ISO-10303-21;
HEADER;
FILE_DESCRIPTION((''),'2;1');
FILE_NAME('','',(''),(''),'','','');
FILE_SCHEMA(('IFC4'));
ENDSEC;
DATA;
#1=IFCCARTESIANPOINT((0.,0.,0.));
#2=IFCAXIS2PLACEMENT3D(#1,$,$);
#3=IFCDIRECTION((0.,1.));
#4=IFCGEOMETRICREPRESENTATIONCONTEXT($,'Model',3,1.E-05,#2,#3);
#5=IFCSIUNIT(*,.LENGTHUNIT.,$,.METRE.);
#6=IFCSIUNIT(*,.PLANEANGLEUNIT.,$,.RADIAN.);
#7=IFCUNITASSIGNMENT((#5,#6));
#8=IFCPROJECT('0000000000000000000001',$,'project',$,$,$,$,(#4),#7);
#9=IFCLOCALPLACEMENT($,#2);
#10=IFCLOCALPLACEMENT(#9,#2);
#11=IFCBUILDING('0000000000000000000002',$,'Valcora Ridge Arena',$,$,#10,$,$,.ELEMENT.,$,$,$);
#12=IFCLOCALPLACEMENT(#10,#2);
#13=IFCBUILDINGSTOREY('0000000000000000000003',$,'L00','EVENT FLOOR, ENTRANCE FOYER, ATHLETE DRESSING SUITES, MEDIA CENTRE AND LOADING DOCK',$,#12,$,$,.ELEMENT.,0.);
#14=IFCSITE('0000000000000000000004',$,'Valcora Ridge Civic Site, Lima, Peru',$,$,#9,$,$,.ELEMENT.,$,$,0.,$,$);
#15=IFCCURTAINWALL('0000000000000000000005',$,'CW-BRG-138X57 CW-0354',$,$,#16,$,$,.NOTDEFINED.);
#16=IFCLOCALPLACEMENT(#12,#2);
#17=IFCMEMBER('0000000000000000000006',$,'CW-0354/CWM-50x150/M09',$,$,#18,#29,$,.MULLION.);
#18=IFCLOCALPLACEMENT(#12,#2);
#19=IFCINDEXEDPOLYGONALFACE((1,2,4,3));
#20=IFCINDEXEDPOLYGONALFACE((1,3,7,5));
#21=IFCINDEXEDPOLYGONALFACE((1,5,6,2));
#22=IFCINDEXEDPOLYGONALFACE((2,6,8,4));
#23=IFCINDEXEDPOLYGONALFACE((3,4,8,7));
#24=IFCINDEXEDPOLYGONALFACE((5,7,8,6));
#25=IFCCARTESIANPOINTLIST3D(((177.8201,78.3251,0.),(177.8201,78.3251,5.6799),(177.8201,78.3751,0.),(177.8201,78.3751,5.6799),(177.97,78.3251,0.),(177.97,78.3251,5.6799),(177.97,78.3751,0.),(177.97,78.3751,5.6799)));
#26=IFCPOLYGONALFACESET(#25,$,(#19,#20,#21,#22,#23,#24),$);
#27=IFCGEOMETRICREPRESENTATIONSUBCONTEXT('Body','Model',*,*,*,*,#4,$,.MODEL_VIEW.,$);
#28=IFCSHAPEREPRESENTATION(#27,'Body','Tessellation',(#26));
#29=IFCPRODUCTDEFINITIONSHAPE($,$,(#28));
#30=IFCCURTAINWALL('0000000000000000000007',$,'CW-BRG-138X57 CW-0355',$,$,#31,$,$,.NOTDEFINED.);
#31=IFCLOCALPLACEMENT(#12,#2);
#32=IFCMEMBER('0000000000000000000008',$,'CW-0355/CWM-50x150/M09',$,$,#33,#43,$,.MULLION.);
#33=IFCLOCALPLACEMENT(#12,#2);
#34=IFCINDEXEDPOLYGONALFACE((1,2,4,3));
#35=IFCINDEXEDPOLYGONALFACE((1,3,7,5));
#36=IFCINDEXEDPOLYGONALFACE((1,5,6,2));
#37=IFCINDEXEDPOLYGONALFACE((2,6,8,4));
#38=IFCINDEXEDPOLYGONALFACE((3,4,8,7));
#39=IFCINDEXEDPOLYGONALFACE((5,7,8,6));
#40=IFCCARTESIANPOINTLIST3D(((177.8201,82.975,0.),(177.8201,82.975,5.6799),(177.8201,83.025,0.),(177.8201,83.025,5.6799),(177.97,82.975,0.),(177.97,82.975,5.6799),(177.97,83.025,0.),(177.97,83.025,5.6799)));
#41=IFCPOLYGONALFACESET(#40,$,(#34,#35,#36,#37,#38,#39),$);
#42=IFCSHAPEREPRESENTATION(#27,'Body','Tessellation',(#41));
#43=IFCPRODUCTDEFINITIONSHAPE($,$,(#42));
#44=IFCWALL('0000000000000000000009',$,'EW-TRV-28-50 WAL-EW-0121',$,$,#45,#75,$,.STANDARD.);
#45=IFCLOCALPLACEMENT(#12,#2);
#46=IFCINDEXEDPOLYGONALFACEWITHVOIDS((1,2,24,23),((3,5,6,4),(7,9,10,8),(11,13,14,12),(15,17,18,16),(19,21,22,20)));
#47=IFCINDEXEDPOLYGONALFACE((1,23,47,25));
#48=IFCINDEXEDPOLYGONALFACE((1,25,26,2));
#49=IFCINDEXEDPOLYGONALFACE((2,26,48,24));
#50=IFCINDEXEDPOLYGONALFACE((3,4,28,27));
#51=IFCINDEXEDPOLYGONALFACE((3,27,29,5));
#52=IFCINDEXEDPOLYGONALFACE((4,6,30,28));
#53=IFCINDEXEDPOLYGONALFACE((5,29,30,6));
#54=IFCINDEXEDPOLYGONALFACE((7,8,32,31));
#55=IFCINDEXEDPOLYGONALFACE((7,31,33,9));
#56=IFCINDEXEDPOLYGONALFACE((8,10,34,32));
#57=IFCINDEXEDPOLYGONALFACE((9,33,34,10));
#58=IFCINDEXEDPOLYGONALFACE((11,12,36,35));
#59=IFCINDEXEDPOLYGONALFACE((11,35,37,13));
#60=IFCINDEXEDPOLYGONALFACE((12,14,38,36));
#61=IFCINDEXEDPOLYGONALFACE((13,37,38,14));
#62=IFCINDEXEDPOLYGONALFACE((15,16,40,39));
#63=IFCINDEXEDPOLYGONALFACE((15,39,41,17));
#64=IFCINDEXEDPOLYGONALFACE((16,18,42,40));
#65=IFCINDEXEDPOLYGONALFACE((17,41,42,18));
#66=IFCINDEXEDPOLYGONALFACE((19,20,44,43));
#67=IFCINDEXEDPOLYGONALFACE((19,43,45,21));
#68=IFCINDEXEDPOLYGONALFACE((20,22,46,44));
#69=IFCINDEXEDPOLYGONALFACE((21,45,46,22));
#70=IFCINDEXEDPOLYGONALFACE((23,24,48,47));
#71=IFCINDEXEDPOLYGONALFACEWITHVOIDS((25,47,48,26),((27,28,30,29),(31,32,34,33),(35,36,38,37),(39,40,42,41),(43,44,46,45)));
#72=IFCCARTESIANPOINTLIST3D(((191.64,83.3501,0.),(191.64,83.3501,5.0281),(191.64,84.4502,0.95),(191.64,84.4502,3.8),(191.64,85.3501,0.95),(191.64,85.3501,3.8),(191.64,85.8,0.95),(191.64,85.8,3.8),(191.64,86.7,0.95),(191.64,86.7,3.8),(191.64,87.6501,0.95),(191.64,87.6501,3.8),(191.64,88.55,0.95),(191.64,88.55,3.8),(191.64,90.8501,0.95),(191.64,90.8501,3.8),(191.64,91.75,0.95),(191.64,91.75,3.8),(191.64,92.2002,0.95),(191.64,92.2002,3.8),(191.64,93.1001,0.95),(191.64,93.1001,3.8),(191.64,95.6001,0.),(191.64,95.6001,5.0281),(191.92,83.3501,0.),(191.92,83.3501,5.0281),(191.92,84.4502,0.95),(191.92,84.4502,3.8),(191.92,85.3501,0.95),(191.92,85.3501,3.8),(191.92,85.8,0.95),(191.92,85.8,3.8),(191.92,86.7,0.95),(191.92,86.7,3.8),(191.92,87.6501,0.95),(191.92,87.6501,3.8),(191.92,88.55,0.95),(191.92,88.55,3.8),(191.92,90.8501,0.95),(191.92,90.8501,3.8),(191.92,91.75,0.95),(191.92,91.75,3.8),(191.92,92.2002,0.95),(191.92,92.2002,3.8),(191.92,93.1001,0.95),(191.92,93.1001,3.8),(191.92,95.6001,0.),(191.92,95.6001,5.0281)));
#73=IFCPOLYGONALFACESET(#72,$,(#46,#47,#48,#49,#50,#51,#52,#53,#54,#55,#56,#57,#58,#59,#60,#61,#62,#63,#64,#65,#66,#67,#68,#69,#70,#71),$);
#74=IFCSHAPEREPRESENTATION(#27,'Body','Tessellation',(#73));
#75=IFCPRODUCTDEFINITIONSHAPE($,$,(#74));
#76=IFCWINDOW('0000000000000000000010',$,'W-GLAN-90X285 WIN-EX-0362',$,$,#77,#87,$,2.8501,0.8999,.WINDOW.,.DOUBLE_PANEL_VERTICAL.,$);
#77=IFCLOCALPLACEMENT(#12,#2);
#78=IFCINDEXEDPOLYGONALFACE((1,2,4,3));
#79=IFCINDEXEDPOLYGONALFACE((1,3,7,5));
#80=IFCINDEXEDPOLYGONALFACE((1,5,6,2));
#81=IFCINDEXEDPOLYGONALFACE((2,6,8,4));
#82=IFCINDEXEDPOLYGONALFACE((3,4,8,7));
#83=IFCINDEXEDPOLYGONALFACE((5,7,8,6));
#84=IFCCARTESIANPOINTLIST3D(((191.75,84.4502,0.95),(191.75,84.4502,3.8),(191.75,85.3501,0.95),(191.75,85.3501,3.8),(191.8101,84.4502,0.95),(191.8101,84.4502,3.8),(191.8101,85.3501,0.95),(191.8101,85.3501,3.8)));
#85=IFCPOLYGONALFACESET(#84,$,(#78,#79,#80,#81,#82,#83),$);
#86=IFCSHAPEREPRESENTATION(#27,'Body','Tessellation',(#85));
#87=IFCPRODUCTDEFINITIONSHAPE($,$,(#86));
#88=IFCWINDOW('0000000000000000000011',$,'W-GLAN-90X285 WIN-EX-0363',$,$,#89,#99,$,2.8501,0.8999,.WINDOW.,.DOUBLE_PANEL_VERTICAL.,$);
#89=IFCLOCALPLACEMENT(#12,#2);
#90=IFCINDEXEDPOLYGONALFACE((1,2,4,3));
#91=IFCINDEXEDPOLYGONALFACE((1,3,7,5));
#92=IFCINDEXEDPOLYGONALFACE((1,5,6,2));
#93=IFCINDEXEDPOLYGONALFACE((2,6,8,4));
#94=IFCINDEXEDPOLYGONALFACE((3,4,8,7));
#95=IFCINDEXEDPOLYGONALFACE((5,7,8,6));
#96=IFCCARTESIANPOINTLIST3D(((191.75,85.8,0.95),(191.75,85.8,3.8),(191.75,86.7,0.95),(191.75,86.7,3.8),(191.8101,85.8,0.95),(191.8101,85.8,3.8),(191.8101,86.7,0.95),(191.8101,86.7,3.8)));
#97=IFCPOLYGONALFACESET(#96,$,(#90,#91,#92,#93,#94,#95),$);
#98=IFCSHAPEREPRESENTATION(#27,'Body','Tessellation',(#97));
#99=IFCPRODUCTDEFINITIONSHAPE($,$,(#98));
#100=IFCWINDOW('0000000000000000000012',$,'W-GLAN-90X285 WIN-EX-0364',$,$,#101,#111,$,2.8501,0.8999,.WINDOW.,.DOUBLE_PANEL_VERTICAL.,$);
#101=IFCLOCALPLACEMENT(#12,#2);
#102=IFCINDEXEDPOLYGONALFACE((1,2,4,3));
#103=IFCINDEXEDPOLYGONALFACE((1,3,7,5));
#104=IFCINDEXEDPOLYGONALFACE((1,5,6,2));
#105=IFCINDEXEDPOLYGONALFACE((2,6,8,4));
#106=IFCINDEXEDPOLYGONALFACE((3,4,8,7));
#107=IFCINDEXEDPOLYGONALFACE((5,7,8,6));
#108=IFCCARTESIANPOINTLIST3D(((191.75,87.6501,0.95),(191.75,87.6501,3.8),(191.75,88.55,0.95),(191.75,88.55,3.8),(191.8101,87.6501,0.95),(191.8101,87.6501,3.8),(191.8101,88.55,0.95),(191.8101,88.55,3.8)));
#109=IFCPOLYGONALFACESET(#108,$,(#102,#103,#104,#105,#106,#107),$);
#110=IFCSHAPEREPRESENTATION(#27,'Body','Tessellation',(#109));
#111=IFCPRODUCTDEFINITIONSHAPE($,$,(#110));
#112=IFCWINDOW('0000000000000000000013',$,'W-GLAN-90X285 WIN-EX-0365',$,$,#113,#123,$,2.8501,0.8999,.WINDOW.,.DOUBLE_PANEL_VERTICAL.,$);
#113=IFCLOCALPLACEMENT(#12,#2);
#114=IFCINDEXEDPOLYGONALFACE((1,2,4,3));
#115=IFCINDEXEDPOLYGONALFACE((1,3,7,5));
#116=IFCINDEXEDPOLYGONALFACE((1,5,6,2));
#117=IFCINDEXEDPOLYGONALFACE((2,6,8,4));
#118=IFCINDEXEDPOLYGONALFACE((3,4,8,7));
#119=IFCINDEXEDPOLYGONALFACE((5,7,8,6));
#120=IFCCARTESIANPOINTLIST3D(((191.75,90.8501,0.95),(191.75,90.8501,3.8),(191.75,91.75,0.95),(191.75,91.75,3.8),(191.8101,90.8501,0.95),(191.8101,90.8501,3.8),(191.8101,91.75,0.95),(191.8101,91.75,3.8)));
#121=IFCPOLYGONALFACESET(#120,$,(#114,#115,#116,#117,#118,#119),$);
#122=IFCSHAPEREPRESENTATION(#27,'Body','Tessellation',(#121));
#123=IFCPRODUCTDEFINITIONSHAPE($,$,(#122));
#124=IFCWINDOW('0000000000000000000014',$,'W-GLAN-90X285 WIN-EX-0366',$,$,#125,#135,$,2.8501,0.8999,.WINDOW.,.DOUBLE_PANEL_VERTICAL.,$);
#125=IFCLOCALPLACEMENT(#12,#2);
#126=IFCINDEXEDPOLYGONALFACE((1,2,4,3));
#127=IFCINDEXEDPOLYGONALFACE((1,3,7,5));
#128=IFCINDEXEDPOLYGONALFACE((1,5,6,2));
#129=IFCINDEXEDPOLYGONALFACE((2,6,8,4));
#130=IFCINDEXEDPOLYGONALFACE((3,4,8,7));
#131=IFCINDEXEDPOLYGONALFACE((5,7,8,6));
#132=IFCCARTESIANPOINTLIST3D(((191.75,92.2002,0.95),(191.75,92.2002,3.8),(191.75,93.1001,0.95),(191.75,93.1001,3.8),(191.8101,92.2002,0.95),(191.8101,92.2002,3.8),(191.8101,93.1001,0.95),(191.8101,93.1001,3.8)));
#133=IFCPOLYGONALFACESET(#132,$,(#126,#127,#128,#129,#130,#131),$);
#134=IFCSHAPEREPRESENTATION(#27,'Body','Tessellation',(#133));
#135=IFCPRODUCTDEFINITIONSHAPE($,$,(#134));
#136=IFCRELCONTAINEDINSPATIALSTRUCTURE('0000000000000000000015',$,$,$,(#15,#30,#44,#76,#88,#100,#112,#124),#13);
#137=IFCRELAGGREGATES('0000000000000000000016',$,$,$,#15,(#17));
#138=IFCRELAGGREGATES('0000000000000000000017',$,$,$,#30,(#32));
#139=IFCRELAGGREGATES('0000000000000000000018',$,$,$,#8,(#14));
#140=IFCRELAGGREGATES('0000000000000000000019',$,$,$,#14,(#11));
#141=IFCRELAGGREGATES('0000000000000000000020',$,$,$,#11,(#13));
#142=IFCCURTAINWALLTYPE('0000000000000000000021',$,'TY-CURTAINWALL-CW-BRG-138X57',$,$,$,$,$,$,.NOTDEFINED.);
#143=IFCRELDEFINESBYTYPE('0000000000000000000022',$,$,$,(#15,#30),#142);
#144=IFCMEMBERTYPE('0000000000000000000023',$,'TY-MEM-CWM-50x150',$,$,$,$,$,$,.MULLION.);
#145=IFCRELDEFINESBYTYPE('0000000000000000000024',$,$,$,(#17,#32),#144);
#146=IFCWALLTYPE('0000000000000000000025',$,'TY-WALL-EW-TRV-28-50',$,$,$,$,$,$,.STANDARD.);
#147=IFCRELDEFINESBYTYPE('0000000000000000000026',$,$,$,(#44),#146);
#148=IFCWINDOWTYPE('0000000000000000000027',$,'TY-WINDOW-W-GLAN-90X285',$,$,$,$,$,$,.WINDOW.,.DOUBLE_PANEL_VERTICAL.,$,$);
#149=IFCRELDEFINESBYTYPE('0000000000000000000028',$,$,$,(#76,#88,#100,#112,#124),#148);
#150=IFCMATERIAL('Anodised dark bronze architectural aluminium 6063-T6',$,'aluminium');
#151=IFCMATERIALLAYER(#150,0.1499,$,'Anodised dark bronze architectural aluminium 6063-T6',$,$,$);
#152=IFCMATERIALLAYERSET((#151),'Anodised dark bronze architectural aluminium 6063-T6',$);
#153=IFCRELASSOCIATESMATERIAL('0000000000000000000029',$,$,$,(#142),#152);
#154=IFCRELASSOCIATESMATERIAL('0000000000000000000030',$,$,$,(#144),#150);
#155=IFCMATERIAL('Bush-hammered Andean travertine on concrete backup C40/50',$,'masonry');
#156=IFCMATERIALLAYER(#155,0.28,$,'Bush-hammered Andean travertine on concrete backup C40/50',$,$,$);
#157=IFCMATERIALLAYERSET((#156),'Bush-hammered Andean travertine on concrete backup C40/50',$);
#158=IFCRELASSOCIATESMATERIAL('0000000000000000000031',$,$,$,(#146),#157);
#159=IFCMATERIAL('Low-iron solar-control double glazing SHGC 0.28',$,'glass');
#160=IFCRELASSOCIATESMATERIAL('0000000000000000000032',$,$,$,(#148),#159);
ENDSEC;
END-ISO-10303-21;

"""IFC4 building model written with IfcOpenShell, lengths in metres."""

from ifc_helpers import new_model, si_unit, direction, frame, frame_2d, origin, origin_2d, place, context, subcontext, project, spatial, rectangle, extrude, material, layer, layer_set, material_profile, profile_set, type_object, element, fill, aggregate, save


model = new_model("IFC4")

# Units and contexts
model_context = context("Model", 3, precision=1e-05, world=origin(), true_north=direction((0.0, 1.0)))
body_context = subcontext(model_context, "Body", "Model", "MODEL_VIEW")
ifc_project = project(units=[si_unit("LENGTHUNIT", "METRE"), si_unit("PLANEANGLEUNIT", "RADIAN")], contexts=[model_context])

# Site, building, storey
site_placement = place(None, origin())
site = spatial("IfcSite", under=ifc_project, at=site_placement, Name="Valcora Ridge Civic Site, Lima, Peru", CompositionType="ELEMENT", RefElevation=0.0)
building_placement = place(site_placement, origin())
building = spatial("IfcBuilding", under=site, at=building_placement, Name="Valcora Ridge Arena", CompositionType="ELEMENT")
storey_placement = place(building_placement, origin())
storey = spatial("IfcBuildingStorey", under=building, at=storey_placement, Name="L00", Description="EVENT FLOOR, ENTRANCE FOYER, ATHLETE DRESSING SUITES, MEDIA CENTRE AND LOADING DOCK", CompositionType="ELEMENT", Elevation=0.0)

# Curtain walls, members
ifc_material_1 = material(Name="Anodised dark bronze architectural aluminium 6063-T6", Category="aluminium")
ifc_layer_1 = layer(ifc_material_1, 0.1499, Name="Anodised dark bronze architectural aluminium 6063-T6")
ifc_layer_set_1 = layer_set([ifc_layer_1], Name="Anodised dark bronze architectural aluminium 6063-T6")
curtain_wall_type = type_object("IfcCurtainWallType", Name="TY-CURTAINWALL-CW-BRG-138X57", PredefinedType="NOTDEFINED", material=ifc_layer_set_1)
curtain_wall_1_placement = place(storey_placement, origin())
curtain_wall_1 = element("IfcCurtainWall", 1, at=curtain_wall_1_placement, inside=storey, type_object=curtain_wall_type, Name="CW-BRG-138X57 CW-0354", PredefinedType="NOTDEFINED")
ifc_material_profile_1 = material_profile(ifc_material_1, rectangle(XDim=0.05, YDim=0.1499, at=origin_2d()), Name="ALU MULLION 50x150")
ifc_profile_set_1 = profile_set([ifc_material_profile_1], Name="Anodised dark bronze architectural aluminium 6063-T6")
member_type = type_object("IfcMemberType", Name="TY-MEM-CWM-50x150", PredefinedType="MULLION", material=ifc_profile_set_1)
member_1_placement = place(storey_placement, frame((177.895, 78.3501, 0.0), z_axis=(0.0, 0.0, 1.0), x_axis=(0.0, 1.0, 0.0)))
member_1 = element("IfcMember", 2, at=member_1_placement, type_object=member_type, Name="CW-0354/CWM-50x150/M09", PredefinedType="MULLION", context=body_context, shape_type="SweptSolid", body=[
    extrude(rectangle(XDim=0.05, YDim=0.1499, at=origin_2d()), origin(), (0.0, 0.0, 1.0), 5.6799),
])
aggregate(curtain_wall_1, [member_1])
curtain_wall_2_placement = place(storey_placement, origin())
curtain_wall_2 = element("IfcCurtainWall", 3, at=curtain_wall_2_placement, inside=storey, type_object=curtain_wall_type, Name="CW-BRG-138X57 CW-0355", PredefinedType="NOTDEFINED")
member_2_placement = place(storey_placement, frame((177.895, 83.0, 0.0), z_axis=(0.0, 0.0, 1.0), x_axis=(0.0, 1.0, 0.0)))
member_2 = element("IfcMember", 4, at=member_2_placement, type_object=member_type, Name="CW-0355/CWM-50x150/M09", PredefinedType="MULLION", context=body_context, shape_type="SweptSolid", body=[
    extrude(rectangle(XDim=0.05, YDim=0.1499, at=origin_2d()), origin(), (0.0, 0.0, 1.0), 5.6799),
])
aggregate(curtain_wall_2, [member_2])

# Wall, openings, windows
ifc_material_2 = material(Name="Bush-hammered Andean travertine on concrete backup C40/50", Category="masonry")
ifc_layer_2 = layer(ifc_material_2, 0.28, Name="Bush-hammered Andean travertine on concrete backup C40/50")
ifc_layer_set_2 = layer_set([ifc_layer_2], Name="Bush-hammered Andean travertine on concrete backup C40/50")
wall_type_1 = type_object("IfcWallType", Name="TY-WALL-EW-TRV-28-50", PredefinedType="STANDARD", material=ifc_layer_set_2)
wall_1_placement = place(storey_placement, frame((191.78, 83.3501, 0.0), z_axis=(0.0, 0.0, 1.0), x_axis=(0.0, 1.0, 0.0)))
wall_1 = element("IfcWall", 5, at=wall_1_placement, inside=storey, type_object=wall_type_1, Name="EW-TRV-28-50 WAL-EW-0121", PredefinedType="STANDARD", context=body_context, shape_type="SweptSolid", body=[
    extrude(rectangle(XDim=12.25, YDim=0.28, at=frame_2d((6.125, 0.0))), origin(), (0.0, 0.0, 1.0), 5.0281),
])
opening_1_placement = place(wall_1_placement, frame((1.1001, 0.0, 0.95)))
opening_1 = element("IfcOpeningElement", 6, at=opening_1_placement, cuts=wall_1, PredefinedType="OPENING", context=body_context, shape_type="SweptSolid", body=[
    extrude(rectangle(XDim=0.8999, YDim=2.8501, at=frame_2d((0.45, 1.425))), frame((0.0, 0.1499, 0.0), z_axis=(0.0, -1.0, 0.0), x_axis=(1.0, 0.0, 0.0)), (0.0, 0.0, 1.0), 0.3),
])
opening_2_placement = place(wall_1_placement, frame((2.45, 0.0, 0.95)))
opening_2 = element("IfcOpeningElement", 7, at=opening_2_placement, cuts=wall_1, PredefinedType="OPENING", context=body_context, shape_type="SweptSolid", body=[
    extrude(rectangle(XDim=0.8999, YDim=2.8501, at=frame_2d((0.45, 1.425))), frame((0.0, 0.1499, 0.0), z_axis=(0.0, -1.0, 0.0), x_axis=(1.0, 0.0, 0.0)), (0.0, 0.0, 1.0), 0.3),
])
opening_3_placement = place(wall_1_placement, frame((4.3, 0.0, 0.95)))
opening_3 = element("IfcOpeningElement", 8, at=opening_3_placement, cuts=wall_1, PredefinedType="OPENING", context=body_context, shape_type="SweptSolid", body=[
    extrude(rectangle(XDim=0.8999, YDim=2.8501, at=frame_2d((0.45, 1.425))), frame((0.0, 0.1499, 0.0), z_axis=(0.0, -1.0, 0.0), x_axis=(1.0, 0.0, 0.0)), (0.0, 0.0, 1.0), 0.3),
])
opening_4_placement = place(wall_1_placement, frame((7.5, 0.0, 0.95)))
opening_4 = element("IfcOpeningElement", 9, at=opening_4_placement, cuts=wall_1, PredefinedType="OPENING", context=body_context, shape_type="SweptSolid", body=[
    extrude(rectangle(XDim=0.8999, YDim=2.8501, at=frame_2d((0.45, 1.425))), frame((0.0, 0.1499, 0.0), z_axis=(0.0, -1.0, 0.0), x_axis=(1.0, 0.0, 0.0)), (0.0, 0.0, 1.0), 0.3),
])
opening_5_placement = place(wall_1_placement, frame((8.8501, 0.0, 0.95)))
opening_5 = element("IfcOpeningElement", 10, at=opening_5_placement, cuts=wall_1, PredefinedType="OPENING", context=body_context, shape_type="SweptSolid", body=[
    extrude(rectangle(XDim=0.8999, YDim=2.8501, at=frame_2d((0.45, 1.425))), frame((0.0, 0.1499, 0.0), z_axis=(0.0, -1.0, 0.0), x_axis=(1.0, 0.0, 0.0)), (0.0, 0.0, 1.0), 0.3),
])
ifc_material_3 = material(Name="Low-iron solar-control double glazing SHGC 0.28", Category="glass")
window_type = type_object("IfcWindowType", Name="TY-WINDOW-W-GLAN-90X285", PartitioningType="DOUBLE_PANEL_VERTICAL", PredefinedType="WINDOW", material=ifc_material_3)
window_1_placement = place(opening_1_placement, origin())
window_1 = element("IfcWindow", 11, at=window_1_placement, inside=storey, type_object=window_type, Name="W-GLAN-90X285 WIN-EX-0362", OverallHeight=2.8501, OverallWidth=0.8999, PartitioningType="DOUBLE_PANEL_VERTICAL", PredefinedType="WINDOW", context=body_context, shape_type="SweptSolid", body=[
    extrude(rectangle(XDim=0.8999, YDim=2.8501, at=frame_2d((0.45, 1.425))), frame((0.0, 0.03, 0.0), z_axis=(0.0, -1.0, 0.0), x_axis=(1.0, 0.0, 0.0)), (0.0, 0.0, 1.0), 0.0601),
])
fill(opening_1, window_1)
window_2_placement = place(opening_2_placement, origin())
window_2 = element("IfcWindow", 12, at=window_2_placement, inside=storey, type_object=window_type, Name="W-GLAN-90X285 WIN-EX-0363", OverallHeight=2.8501, OverallWidth=0.8999, PartitioningType="DOUBLE_PANEL_VERTICAL", PredefinedType="WINDOW", context=body_context, shape_type="SweptSolid", body=[
    extrude(rectangle(XDim=0.8999, YDim=2.8501, at=frame_2d((0.45, 1.425))), frame((0.0, 0.03, 0.0), z_axis=(0.0, -1.0, 0.0), x_axis=(1.0, 0.0, 0.0)), (0.0, 0.0, 1.0), 0.0601),
])
fill(opening_2, window_2)
window_3_placement = place(opening_3_placement, origin())
window_3 = element("IfcWindow", 13, at=window_3_placement, inside=storey, type_object=window_type, Name="W-GLAN-90X285 WIN-EX-0364", OverallHeight=2.8501, OverallWidth=0.8999, PartitioningType="DOUBLE_PANEL_VERTICAL", PredefinedType="WINDOW", context=body_context, shape_type="SweptSolid", body=[
    extrude(rectangle(XDim=0.8999, YDim=2.8501, at=frame_2d((0.45, 1.425))), frame((0.0, 0.03, 0.0), z_axis=(0.0, -1.0, 0.0), x_axis=(1.0, 0.0, 0.0)), (0.0, 0.0, 1.0), 0.0601),
])
fill(opening_3, window_3)
window_4_placement = place(opening_4_placement, origin())
window_4 = element("IfcWindow", 14, at=window_4_placement, inside=storey, type_object=window_type, Name="W-GLAN-90X285 WIN-EX-0365", OverallHeight=2.8501, OverallWidth=0.8999, PartitioningType="DOUBLE_PANEL_VERTICAL", PredefinedType="WINDOW", context=body_context, shape_type="SweptSolid", body=[
    extrude(rectangle(XDim=0.8999, YDim=2.8501, at=frame_2d((0.45, 1.425))), frame((0.0, 0.03, 0.0), z_axis=(0.0, -1.0, 0.0), x_axis=(1.0, 0.0, 0.0)), (0.0, 0.0, 1.0), 0.0601),
])
fill(opening_4, window_4)
window_5_placement = place(opening_5_placement, origin())
window_5 = element("IfcWindow", 15, at=window_5_placement, inside=storey, type_object=window_type, Name="W-GLAN-90X285 WIN-EX-0366", OverallHeight=2.8501, OverallWidth=0.8999, PartitioningType="DOUBLE_PANEL_VERTICAL", PredefinedType="WINDOW", context=body_context, shape_type="SweptSolid", body=[
    extrude(rectangle(XDim=0.8999, YDim=2.8501, at=frame_2d((0.45, 1.425))), frame((0.0, 0.03, 0.0), z_axis=(0.0, -1.0, 0.0), x_axis=(1.0, 0.0, 0.0)), (0.0, 0.0, 1.0), 0.0601),
])
fill(opening_5, window_5)

save(model, "model.ifc")
